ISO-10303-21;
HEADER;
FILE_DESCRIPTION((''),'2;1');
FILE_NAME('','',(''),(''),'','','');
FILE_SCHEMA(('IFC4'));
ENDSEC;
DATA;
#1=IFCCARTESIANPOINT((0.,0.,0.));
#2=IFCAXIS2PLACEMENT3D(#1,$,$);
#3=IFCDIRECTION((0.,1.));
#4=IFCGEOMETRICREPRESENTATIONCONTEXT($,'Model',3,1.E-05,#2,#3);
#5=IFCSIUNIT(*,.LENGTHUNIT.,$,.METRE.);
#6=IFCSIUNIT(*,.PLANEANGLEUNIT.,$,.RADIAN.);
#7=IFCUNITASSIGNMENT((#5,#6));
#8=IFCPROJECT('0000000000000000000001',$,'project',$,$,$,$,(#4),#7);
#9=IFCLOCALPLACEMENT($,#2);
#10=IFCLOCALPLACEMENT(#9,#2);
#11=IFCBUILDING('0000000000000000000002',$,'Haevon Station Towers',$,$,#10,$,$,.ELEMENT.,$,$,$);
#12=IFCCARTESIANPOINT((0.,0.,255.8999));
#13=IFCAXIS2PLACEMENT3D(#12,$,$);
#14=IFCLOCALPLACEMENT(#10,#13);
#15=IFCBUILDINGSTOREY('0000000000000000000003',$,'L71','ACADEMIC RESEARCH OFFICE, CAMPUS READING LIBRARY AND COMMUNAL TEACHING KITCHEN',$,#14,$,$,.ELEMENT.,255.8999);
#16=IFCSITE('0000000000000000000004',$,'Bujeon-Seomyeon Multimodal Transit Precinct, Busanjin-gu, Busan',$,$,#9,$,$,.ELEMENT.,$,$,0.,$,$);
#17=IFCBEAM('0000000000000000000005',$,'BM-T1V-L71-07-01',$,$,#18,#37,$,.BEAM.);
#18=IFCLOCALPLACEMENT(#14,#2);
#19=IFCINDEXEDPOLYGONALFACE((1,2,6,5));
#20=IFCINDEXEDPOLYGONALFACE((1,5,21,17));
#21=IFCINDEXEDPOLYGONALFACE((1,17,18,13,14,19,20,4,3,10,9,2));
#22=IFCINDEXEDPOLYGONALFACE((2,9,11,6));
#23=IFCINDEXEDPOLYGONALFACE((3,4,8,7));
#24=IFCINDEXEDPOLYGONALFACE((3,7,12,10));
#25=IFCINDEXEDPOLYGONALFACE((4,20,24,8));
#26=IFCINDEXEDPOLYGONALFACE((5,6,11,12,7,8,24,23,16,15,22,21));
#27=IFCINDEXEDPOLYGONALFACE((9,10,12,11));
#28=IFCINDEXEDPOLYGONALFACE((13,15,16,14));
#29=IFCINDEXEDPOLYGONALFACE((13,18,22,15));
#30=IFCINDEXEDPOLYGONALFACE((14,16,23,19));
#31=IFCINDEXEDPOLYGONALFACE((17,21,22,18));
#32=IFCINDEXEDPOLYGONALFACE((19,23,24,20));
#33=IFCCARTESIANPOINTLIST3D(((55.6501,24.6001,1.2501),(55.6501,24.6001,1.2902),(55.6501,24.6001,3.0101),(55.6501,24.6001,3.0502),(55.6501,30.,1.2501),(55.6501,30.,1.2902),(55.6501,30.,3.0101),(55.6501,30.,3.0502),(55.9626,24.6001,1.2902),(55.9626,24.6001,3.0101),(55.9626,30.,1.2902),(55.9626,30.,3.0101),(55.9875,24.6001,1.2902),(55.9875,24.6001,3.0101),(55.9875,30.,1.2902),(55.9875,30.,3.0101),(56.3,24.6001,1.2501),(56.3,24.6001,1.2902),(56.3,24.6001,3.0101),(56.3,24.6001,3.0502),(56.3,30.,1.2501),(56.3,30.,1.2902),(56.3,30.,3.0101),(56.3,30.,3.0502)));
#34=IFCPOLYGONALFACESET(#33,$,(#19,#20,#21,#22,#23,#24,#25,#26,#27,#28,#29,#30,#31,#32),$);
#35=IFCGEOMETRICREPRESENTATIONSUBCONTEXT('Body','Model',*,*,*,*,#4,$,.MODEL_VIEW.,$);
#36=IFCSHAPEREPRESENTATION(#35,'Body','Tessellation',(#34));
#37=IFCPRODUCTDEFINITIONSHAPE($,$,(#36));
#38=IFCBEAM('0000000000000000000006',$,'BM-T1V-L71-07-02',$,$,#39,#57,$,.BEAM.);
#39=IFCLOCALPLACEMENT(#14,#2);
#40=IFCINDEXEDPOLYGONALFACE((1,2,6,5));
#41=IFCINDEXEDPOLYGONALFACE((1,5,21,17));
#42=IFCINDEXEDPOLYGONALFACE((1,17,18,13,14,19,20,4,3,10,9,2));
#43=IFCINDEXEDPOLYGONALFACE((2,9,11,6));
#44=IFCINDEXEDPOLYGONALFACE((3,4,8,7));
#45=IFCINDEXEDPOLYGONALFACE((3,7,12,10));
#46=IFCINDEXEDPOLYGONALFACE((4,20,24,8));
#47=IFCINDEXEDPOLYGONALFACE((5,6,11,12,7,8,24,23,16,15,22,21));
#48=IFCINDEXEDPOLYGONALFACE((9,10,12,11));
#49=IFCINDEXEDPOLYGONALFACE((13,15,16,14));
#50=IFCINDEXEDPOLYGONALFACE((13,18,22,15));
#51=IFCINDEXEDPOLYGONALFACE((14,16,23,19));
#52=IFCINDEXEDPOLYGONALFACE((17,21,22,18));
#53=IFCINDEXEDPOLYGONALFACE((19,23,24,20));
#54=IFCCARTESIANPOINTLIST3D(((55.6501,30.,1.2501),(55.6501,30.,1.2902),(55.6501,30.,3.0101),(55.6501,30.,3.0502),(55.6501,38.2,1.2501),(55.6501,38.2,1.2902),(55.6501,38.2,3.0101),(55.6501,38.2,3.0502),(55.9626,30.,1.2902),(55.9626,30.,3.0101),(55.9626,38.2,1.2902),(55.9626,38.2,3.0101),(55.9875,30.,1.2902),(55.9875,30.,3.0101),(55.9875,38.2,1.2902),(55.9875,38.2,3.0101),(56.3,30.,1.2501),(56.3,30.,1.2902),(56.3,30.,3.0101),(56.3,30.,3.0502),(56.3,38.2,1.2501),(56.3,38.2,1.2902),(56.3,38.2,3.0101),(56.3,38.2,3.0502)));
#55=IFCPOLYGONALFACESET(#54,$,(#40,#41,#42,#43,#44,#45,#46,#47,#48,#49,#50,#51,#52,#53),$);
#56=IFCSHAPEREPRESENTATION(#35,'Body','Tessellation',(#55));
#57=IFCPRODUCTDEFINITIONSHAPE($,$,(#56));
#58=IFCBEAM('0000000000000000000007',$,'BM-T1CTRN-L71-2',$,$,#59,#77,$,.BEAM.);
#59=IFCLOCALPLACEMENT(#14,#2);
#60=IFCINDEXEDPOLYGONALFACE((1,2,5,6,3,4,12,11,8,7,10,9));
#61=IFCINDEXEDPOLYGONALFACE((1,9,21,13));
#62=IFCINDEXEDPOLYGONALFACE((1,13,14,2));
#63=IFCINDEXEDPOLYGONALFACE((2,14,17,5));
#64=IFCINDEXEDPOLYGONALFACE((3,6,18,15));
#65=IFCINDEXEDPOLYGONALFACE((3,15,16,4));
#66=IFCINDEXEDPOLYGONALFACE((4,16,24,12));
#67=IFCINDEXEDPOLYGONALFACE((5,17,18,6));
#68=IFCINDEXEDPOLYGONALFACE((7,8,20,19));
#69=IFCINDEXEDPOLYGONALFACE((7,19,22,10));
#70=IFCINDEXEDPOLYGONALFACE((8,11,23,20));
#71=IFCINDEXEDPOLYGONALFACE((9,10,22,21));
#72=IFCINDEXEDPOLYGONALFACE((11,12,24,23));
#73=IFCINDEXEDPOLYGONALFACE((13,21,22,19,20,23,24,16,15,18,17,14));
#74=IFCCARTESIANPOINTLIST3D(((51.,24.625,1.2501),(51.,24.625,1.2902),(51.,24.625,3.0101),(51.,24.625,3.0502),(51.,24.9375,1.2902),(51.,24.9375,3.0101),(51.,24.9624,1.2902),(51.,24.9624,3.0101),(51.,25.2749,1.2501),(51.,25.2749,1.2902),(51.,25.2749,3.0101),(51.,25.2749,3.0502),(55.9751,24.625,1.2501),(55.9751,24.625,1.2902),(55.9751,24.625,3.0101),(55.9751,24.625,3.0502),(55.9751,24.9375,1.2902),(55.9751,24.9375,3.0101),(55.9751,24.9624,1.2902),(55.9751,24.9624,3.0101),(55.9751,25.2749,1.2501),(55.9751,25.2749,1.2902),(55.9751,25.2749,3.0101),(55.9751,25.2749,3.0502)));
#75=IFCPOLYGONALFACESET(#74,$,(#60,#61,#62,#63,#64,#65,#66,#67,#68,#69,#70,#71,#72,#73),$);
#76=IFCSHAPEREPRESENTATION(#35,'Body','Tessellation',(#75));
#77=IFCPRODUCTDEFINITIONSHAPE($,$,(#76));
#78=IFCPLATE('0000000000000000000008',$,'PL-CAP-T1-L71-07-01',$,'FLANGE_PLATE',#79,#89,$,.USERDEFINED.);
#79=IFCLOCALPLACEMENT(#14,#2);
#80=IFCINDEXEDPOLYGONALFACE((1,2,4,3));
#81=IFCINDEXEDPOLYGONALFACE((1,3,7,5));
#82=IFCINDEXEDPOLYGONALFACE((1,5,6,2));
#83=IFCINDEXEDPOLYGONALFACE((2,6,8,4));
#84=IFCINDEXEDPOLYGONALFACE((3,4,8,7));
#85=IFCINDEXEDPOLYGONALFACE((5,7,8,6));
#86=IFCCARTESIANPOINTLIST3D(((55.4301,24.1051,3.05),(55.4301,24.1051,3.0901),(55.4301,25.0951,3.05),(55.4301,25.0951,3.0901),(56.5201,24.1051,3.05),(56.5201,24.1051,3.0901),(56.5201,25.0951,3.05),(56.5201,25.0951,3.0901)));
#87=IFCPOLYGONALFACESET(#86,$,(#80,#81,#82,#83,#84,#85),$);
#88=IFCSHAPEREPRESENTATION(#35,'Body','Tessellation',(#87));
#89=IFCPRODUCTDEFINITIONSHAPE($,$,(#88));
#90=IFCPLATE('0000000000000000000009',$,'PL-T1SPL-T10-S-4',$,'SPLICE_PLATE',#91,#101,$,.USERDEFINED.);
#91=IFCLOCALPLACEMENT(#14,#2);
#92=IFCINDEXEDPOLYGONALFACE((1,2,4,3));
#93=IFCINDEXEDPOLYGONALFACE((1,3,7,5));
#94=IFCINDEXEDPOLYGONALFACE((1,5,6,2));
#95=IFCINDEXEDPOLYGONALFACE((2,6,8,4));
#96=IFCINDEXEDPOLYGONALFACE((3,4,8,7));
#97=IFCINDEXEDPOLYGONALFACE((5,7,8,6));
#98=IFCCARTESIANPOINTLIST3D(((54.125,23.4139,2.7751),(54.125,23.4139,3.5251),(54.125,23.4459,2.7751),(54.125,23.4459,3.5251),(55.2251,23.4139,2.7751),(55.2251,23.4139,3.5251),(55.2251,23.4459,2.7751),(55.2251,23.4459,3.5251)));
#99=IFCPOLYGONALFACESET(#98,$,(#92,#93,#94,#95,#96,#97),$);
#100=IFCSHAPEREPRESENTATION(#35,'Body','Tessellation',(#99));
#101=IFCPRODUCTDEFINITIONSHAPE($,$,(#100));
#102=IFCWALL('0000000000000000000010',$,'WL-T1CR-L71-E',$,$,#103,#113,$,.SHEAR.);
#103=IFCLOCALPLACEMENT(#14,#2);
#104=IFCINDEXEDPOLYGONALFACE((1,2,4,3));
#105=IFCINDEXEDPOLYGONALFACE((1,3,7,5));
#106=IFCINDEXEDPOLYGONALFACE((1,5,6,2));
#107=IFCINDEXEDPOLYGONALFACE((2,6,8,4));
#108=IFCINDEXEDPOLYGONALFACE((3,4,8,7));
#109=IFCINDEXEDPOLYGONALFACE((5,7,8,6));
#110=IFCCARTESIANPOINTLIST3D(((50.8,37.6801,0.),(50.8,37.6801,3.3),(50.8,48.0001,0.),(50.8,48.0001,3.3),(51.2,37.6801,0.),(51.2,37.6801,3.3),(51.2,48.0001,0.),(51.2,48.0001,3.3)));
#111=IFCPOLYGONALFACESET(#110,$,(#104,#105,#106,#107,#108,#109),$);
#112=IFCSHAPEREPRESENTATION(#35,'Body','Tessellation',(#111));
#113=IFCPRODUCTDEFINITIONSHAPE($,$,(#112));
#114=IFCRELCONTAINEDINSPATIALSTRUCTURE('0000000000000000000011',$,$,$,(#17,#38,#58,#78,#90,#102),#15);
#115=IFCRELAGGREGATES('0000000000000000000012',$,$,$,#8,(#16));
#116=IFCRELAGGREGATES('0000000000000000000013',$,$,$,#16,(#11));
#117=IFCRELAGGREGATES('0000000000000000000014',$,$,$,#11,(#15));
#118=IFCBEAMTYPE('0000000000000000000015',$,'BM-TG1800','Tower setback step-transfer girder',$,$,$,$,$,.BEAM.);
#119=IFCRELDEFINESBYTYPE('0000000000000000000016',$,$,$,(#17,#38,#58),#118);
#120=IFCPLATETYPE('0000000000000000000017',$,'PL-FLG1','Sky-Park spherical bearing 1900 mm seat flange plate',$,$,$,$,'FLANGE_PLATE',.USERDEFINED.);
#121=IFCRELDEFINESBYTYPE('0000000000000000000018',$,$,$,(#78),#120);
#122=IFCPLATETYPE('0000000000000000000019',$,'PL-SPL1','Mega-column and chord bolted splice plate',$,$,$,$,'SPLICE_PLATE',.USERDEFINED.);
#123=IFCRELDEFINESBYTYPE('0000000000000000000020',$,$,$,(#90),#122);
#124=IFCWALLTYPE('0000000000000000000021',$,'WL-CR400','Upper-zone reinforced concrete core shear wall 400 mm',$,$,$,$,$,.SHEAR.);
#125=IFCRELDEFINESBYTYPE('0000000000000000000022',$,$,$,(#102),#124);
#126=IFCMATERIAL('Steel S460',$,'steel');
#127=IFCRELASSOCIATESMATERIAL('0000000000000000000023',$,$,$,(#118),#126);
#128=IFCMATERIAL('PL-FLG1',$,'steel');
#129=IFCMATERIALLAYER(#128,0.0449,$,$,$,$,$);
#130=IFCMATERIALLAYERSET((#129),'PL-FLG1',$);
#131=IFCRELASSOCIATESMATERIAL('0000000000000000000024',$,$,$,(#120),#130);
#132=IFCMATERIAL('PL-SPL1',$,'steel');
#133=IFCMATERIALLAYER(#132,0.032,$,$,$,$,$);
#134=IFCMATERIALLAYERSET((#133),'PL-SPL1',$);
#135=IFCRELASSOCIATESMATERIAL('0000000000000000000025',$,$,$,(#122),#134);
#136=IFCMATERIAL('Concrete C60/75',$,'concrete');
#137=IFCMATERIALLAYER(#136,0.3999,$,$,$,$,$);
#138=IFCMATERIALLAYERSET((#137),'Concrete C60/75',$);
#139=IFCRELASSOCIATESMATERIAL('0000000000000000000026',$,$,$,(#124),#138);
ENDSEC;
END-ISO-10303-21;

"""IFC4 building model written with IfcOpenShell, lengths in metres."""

from ifc_helpers import new_model, si_unit, direction, frame, frame_2d, origin, origin_2d, place, context, subcontext, project, spatial, rectangle, i_section, extrude, material, layer, layer_set, material_profile, profile_set, type_object, element, save


model = new_model("IFC4")

# Units and contexts
model_context = context("Model", 3, precision=1e-05, world=origin(), true_north=direction((0.0, 1.0)))
body_context = subcontext(model_context, "Body", "Model", "MODEL_VIEW")
ifc_project = project(units=[si_unit("LENGTHUNIT", "METRE"), si_unit("PLANEANGLEUNIT", "RADIAN")], contexts=[model_context])

# Site, building, storey
site_placement = place(None, origin())
site = spatial("IfcSite", under=ifc_project, at=site_placement, Name="Bujeon-Seomyeon Multimodal Transit Precinct, Busanjin-gu, Busan", CompositionType="ELEMENT", RefElevation=0.0)
building_placement = place(site_placement, origin())
building = spatial("IfcBuilding", under=site, at=building_placement, Name="Haevon Station Towers", CompositionType="ELEMENT")
storey_placement = place(building_placement, frame((0.0, 0.0, 255.8999)))
storey = spatial("IfcBuildingStorey", under=building, at=storey_placement, Name="L71", Description="ACADEMIC RESEARCH OFFICE, CAMPUS READING LIBRARY AND COMMUNAL TEACHING KITCHEN", CompositionType="ELEMENT", Elevation=255.8999)

# Shared definitions
ifc_material_1 = material(Name="Steel S460", Category="steel")

# Beams
ifc_material_profile_1 = material_profile(ifc_material_1, i_section(OverallWidth=0.6499, OverallDepth=1.8, WebThickness=0.0249, FlangeThickness=0.04, at=origin_2d()), Name="H-1800x650x25x40")
ifc_profile_set_1 = profile_set([ifc_material_profile_1], Name="Steel S460")
beam_type_1 = type_object("IfcBeamType", Name="BM-TG1800", Description="Tower setback step-transfer girder", PredefinedType="BEAM", material=ifc_profile_set_1)
for number, where, z_axis, x_axis, name in (
    (1, (55.9751, 24.6001, 2.1501), (0.0, 1.0, 0.0), (-1.0, 0.0, 0.0), "BM-T1V-L71-07-01"),
):
    element("IfcBeam", number, at=place(storey_placement, frame(where, z_axis=z_axis, x_axis=x_axis)), inside=storey, type_object=beam_type_1, Name=name, PredefinedType="BEAM", context=body_context, shape_type="SweptSolid", body=[
        extrude(i_section(OverallWidth=0.6499, OverallDepth=1.8, WebThickness=0.0249, FlangeThickness=0.04, at=origin_2d()), origin(), (0.0, 0.0, 1.0), 5.3999),
    ])
beam_1_placement = place(storey_placement, frame((55.9751, 30.0, 2.1501), z_axis=(0.0, 1.0, 0.0), x_axis=(-1.0, 0.0, 0.0)))
element("IfcBeam", 2, at=beam_1_placement, inside=storey, type_object=beam_type_1, Name="BM-T1V-L71-07-02", PredefinedType="BEAM", context=body_context, shape_type="SweptSolid", body=[
    extrude(i_section(OverallWidth=0.6499, OverallDepth=1.8, WebThickness=0.0249, FlangeThickness=0.04, at=origin_2d()), origin(), (0.0, 0.0, 1.0), 8.2),
])
beam_2_placement = place(storey_placement, frame((51.0, 24.95, 2.1501), z_axis=(1.0, 0.0, 0.0), x_axis=(0.0, 1.0, 0.0)))
element("IfcBeam", 3, at=beam_2_placement, inside=storey, type_object=beam_type_1, Name="BM-T1CTRN-L71-2", PredefinedType="BEAM", context=body_context, shape_type="SweptSolid", body=[
    extrude(i_section(OverallWidth=0.6499, OverallDepth=1.8, WebThickness=0.0249, FlangeThickness=0.04, at=origin_2d()), origin(), (0.0, 0.0, 1.0), 4.9751),
])

# Plates
ifc_material_2 = material(Name="PL-FLG1", Category="steel")
ifc_layer_1 = layer(ifc_material_2, 0.0449)
ifc_layer_set_1 = layer_set([ifc_layer_1], Name="PL-FLG1")
plate_type_1 = type_object("IfcPlateType", Name="PL-FLG1", Description="Sky-Park spherical bearing 1900 mm seat flange plate", ElementType="FLANGE_PLATE", PredefinedType="USERDEFINED", material=ifc_layer_set_1)
plate_1_placement = place(storey_placement, frame((55.9751, 24.6001, 3.05), z_axis=(0.0, 0.0, 1.0), x_axis=(1.0, 0.0, 0.0)))
element("IfcPlate", 4, at=plate_1_placement, inside=storey, type_object=plate_type_1, Name="PL-CAP-T1-L71-07-01", ObjectType="FLANGE_PLATE", PredefinedType="USERDEFINED", context=body_context, shape_type="SweptSolid", body=[
    extrude(rectangle(XDim=1.0901, YDim=0.99, at=origin_2d()), origin(), (0.0, 0.0, 1.0), 0.04),
])
ifc_material_3 = material(Name="PL-SPL1", Category="steel")
ifc_layer_2 = layer(ifc_material_3, 0.032)
ifc_layer_set_2 = layer_set([ifc_layer_2], Name="PL-SPL1")
plate_type_2 = type_object("IfcPlateType", Name="PL-SPL1", Description="Mega-column and chord bolted splice plate", ElementType="SPLICE_PLATE", PredefinedType="USERDEFINED", material=ifc_layer_set_2)
plate_2_placement = place(storey_placement, frame((54.675, 23.4299, 2.7751), z_axis=(0.0, 0.0, 1.0), x_axis=(1.0, 0.0, 0.0)))
element("IfcPlate", 5, at=plate_2_placement, inside=storey, type_object=plate_type_2, Name="PL-T1SPL-T10-S-4", ObjectType="SPLICE_PLATE", PredefinedType="USERDEFINED", context=body_context, shape_type="SweptSolid", body=[
    extrude(rectangle(XDim=1.1001, YDim=0.032, at=origin_2d()), origin(), (0.0, 0.0, 1.0), 0.75),
])

# Wall
ifc_material_4 = material(Name="Concrete C60/75", Category="concrete")
ifc_layer_3 = layer(ifc_material_4, 0.3999)
ifc_layer_set_3 = layer_set([ifc_layer_3], Name="Concrete C60/75")
wall_type_1 = type_object("IfcWallType", Name="WL-CR400", Description="Upper-zone reinforced concrete core shear wall 400 mm", PredefinedType="SHEAR", material=ifc_layer_set_3)
wall_1_placement = place(storey_placement, frame((51.0, 37.6799, 0.0), z_axis=(0.0, 0.0, 1.0), x_axis=(0.0, 1.0, 0.0)))
element("IfcWall", 6, at=wall_1_placement, inside=storey, type_object=wall_type_1, Name="WL-T1CR-L71-E", PredefinedType="SHEAR", context=body_context, shape_type="SweptSolid", body=[
    extrude(rectangle(XDim=10.3201, YDim=0.3999, at=frame_2d((5.1602, 0.0))), origin(), (0.0, 0.0, 1.0), 3.3),
])

save(model, "model.ifc")
